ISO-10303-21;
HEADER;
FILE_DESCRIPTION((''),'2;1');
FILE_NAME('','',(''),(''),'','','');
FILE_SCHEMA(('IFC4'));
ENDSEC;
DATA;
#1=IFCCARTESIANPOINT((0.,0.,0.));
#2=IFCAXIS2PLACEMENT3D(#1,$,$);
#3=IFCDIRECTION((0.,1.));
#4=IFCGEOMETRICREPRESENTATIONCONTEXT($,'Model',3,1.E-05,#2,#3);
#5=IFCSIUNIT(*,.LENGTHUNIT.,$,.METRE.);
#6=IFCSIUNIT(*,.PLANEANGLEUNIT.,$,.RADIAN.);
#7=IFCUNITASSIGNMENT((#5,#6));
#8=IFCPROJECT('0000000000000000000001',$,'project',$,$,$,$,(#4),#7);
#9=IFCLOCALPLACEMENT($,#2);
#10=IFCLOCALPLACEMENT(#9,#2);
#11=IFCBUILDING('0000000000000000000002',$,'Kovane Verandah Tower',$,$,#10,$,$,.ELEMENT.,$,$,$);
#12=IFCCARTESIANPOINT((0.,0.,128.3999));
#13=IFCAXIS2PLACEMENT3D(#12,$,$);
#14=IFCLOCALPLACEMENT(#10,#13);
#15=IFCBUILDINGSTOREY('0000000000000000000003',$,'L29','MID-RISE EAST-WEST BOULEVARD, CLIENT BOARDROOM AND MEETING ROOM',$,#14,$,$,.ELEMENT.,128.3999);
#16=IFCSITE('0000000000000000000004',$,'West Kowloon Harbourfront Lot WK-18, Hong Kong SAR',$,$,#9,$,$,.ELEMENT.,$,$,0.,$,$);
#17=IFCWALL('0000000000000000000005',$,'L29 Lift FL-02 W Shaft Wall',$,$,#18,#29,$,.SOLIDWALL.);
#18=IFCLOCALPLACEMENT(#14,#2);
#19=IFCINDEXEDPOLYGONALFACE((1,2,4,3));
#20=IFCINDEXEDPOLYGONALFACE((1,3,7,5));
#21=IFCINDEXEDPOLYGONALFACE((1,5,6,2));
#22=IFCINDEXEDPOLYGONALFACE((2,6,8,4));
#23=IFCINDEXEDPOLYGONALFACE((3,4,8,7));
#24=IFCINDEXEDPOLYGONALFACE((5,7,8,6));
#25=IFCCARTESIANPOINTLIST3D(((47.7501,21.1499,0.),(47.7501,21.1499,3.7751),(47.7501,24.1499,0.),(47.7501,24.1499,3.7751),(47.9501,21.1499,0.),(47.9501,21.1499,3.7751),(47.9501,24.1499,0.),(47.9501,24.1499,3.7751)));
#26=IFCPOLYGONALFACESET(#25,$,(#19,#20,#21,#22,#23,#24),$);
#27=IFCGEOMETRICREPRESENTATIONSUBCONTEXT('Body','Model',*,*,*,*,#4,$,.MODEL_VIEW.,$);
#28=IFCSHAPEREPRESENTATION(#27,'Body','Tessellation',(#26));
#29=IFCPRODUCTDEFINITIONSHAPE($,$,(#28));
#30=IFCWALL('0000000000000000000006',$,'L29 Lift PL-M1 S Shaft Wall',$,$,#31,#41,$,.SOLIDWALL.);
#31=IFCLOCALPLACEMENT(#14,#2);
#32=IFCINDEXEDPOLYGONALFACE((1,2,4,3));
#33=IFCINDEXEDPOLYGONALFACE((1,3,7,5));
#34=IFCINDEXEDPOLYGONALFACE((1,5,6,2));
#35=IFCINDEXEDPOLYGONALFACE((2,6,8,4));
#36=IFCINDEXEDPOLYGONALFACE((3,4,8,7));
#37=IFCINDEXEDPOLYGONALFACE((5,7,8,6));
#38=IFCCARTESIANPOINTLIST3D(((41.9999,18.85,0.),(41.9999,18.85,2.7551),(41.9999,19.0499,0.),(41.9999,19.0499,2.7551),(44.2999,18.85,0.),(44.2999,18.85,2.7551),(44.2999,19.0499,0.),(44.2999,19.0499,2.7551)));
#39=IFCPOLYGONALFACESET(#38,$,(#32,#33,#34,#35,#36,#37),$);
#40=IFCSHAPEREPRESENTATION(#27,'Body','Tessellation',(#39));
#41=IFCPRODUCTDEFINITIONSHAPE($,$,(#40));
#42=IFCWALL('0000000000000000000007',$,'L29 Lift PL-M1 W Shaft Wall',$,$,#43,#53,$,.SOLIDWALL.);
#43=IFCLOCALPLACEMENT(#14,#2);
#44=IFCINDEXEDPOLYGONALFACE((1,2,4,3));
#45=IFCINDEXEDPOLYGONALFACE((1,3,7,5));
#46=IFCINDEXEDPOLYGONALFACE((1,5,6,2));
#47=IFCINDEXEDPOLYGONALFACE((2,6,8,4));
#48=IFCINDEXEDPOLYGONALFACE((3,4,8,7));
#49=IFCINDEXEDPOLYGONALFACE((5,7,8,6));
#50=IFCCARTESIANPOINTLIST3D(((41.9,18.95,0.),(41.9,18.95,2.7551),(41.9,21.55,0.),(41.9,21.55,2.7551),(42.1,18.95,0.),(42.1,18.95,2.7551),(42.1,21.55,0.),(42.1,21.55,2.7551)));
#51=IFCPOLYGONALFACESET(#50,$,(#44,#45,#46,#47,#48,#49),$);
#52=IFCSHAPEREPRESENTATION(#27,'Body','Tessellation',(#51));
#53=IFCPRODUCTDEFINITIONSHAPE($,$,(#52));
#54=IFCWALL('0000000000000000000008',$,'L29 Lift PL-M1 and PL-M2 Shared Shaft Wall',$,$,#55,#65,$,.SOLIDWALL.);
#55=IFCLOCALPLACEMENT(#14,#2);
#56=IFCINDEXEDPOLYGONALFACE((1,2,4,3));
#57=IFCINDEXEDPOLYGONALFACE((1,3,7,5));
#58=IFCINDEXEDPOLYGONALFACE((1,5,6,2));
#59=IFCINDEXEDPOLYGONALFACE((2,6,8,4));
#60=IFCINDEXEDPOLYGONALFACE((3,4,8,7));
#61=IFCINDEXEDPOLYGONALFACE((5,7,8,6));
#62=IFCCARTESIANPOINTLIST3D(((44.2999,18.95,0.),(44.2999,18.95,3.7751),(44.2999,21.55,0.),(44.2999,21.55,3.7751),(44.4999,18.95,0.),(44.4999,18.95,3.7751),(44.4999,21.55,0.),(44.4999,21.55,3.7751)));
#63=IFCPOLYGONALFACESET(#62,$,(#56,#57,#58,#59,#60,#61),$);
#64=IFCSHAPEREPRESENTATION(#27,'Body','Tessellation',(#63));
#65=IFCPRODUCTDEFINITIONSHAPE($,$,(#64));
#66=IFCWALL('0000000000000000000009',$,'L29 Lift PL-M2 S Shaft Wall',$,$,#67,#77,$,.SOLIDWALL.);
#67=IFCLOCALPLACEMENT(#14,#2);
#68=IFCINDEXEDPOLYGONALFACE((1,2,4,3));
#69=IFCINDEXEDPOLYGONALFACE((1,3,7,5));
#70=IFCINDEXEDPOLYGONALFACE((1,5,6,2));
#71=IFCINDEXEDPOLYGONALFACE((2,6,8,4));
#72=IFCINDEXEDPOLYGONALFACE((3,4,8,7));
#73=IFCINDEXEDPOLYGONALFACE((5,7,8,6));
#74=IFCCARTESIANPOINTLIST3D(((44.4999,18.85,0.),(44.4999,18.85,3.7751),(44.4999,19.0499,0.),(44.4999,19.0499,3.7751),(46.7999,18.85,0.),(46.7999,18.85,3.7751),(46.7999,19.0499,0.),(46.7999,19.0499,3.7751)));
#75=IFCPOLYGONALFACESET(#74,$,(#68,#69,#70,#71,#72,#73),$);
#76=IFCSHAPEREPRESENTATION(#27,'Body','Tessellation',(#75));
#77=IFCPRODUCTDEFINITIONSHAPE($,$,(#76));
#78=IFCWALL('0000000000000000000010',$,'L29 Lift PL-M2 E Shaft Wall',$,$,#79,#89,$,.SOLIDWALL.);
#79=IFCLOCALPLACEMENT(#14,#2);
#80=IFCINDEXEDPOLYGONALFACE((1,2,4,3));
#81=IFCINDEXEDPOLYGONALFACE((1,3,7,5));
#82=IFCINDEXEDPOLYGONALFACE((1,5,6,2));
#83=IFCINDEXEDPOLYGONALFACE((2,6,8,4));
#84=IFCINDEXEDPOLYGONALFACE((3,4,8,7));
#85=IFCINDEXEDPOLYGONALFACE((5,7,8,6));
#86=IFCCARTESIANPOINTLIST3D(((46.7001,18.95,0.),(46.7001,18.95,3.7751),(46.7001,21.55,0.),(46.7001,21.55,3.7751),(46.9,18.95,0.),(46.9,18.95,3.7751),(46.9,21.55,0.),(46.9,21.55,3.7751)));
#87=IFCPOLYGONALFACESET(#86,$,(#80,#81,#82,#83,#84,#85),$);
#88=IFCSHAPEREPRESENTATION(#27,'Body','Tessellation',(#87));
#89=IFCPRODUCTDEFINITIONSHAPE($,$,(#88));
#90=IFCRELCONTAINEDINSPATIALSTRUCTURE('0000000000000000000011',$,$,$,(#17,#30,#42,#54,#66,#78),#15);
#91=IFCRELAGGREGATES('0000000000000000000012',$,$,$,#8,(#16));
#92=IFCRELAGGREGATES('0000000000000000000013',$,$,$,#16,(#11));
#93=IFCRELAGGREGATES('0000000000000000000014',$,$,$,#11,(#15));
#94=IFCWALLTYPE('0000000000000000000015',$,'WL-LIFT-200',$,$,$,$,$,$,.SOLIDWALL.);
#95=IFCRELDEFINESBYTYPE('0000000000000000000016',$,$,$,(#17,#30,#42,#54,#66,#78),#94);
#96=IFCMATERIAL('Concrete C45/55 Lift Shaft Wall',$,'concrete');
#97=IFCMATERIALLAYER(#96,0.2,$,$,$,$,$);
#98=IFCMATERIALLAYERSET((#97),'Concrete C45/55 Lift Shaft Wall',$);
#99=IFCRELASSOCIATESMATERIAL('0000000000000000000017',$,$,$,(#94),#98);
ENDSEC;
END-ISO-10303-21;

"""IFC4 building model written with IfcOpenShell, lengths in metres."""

from ifc_helpers import new_model, si_unit, direction, frame, frame_2d, origin, place, context, subcontext, project, spatial, rectangle, extrude, material, layer, layer_set, type_object, element, save


model = new_model("IFC4")

# Units and contexts
model_context = context("Model", 3, precision=1e-05, world=origin(), true_north=direction((0.0, 1.0)))
body_context = subcontext(model_context, "Body", "Model", "MODEL_VIEW")
ifc_project = project(units=[si_unit("LENGTHUNIT", "METRE"), si_unit("PLANEANGLEUNIT", "RADIAN")], contexts=[model_context])

# Site, building, storey
site_placement = place(None, origin())
site = spatial("IfcSite", under=ifc_project, at=site_placement, Name="West Kowloon Harbourfront Lot WK-18, Hong Kong SAR", CompositionType="ELEMENT", RefElevation=0.0)
building_placement = place(site_placement, origin())
building = spatial("IfcBuilding", under=site, at=building_placement, Name="Kovane Verandah Tower", CompositionType="ELEMENT")
storey_placement = place(building_placement, frame((0.0, 0.0, 128.3999)))
storey = spatial("IfcBuildingStorey", under=building, at=storey_placement, Name="L29", Description="MID-RISE EAST-WEST BOULEVARD, CLIENT BOARDROOM AND MEETING ROOM", CompositionType="ELEMENT", Elevation=128.3999)

# Walls
ifc_material_1 = material(Name="Concrete C45/55 Lift Shaft Wall", Category="concrete")
ifc_layer_1 = layer(ifc_material_1, 0.2)
ifc_layer_set_1 = layer_set([ifc_layer_1], Name="Concrete C45/55 Lift Shaft Wall")
wall_type_1 = type_object("IfcWallType", Name="WL-LIFT-200", PredefinedType="SOLIDWALL", material=ifc_layer_set_1)
wall_1_placement = place(storey_placement, frame((47.8501, 24.1499, 0.0), z_axis=(0.0, 0.0, 1.0), x_axis=(0.0, -1.0, 0.0)))
element("IfcWall", 1, at=wall_1_placement, inside=storey, type_object=wall_type_1, Name="L29 Lift FL-02 W Shaft Wall", PredefinedType="SOLIDWALL", context=body_context, shape_type="SweptSolid", body=[
    extrude(rectangle(XDim=3.0, YDim=0.2, at=frame_2d((1.5, 0.0))), origin(), (0.0, 0.0, 1.0), 3.7751),
])
wall_2_placement = place(storey_placement, frame((42.0, 18.95, 0.0), z_axis=(0.0, 0.0, 1.0), x_axis=(1.0, 0.0, 0.0)))
element("IfcWall", 2, at=wall_2_placement, inside=storey, type_object=wall_type_1, Name="L29 Lift PL-M1 S Shaft Wall", PredefinedType="SOLIDWALL", context=body_context, shape_type="SweptSolid", body=[
    extrude(rectangle(XDim=2.3, YDim=0.2, at=frame_2d((1.1499, 0.0))), origin(), (0.0, 0.0, 1.0), 2.7551),
])

# Walls
wall_3_placement = place(storey_placement, frame((42.0, 21.55, 0.0), z_axis=(0.0, 0.0, 1.0), x_axis=(0.0, -1.0, 0.0)))
element("IfcWall", 3, at=wall_3_placement, inside=storey, type_object=wall_type_1, Name="L29 Lift PL-M1 W Shaft Wall", PredefinedType="SOLIDWALL", context=body_context, shape_type="SweptSolid", body=[
    extrude(rectangle(XDim=2.6001, YDim=0.2, at=frame_2d((1.3, 0.0))), origin(), (0.0, 0.0, 1.0), 2.7551),
])
wall_4_placement = place(storey_placement, frame((44.3999, 18.95, 0.0), z_axis=(0.0, 0.0, 1.0), x_axis=(0.0, 1.0, 0.0)))
element("IfcWall", 4, at=wall_4_placement, inside=storey, type_object=wall_type_1, Name="L29 Lift PL-M1 and PL-M2 Shared Shaft Wall", PredefinedType="SOLIDWALL", context=body_context, shape_type="SweptSolid", body=[
    extrude(rectangle(XDim=2.6001, YDim=0.2, at=frame_2d((1.3, 0.0))), origin(), (0.0, 0.0, 1.0), 3.7751),
])
wall_5_placement = place(storey_placement, frame((44.5, 18.95, 0.0), z_axis=(0.0, 0.0, 1.0), x_axis=(1.0, 0.0, 0.0)))
element("IfcWall", 5, at=wall_5_placement, inside=storey, type_object=wall_type_1, Name="L29 Lift PL-M2 S Shaft Wall", PredefinedType="SOLIDWALL", context=body_context, shape_type="SweptSolid", body=[
    extrude(rectangle(XDim=2.3, YDim=0.2, at=frame_2d((1.1499, 0.0))), origin(), (0.0, 0.0, 1.0), 3.7751),
])

# Wall
wall_6_placement = place(storey_placement, frame((46.8, 18.95, 0.0), z_axis=(0.0, 0.0, 1.0), x_axis=(0.0, 1.0, 0.0)))
element("IfcWall", 6, at=wall_6_placement, inside=storey, type_object=wall_type_1, Name="L29 Lift PL-M2 E Shaft Wall", PredefinedType="SOLIDWALL", context=body_context, shape_type="SweptSolid", body=[
    extrude(rectangle(XDim=2.6001, YDim=0.2, at=frame_2d((1.3, 0.0))), origin(), (0.0, 0.0, 1.0), 3.7751),
])

save(model, "model.ifc")
